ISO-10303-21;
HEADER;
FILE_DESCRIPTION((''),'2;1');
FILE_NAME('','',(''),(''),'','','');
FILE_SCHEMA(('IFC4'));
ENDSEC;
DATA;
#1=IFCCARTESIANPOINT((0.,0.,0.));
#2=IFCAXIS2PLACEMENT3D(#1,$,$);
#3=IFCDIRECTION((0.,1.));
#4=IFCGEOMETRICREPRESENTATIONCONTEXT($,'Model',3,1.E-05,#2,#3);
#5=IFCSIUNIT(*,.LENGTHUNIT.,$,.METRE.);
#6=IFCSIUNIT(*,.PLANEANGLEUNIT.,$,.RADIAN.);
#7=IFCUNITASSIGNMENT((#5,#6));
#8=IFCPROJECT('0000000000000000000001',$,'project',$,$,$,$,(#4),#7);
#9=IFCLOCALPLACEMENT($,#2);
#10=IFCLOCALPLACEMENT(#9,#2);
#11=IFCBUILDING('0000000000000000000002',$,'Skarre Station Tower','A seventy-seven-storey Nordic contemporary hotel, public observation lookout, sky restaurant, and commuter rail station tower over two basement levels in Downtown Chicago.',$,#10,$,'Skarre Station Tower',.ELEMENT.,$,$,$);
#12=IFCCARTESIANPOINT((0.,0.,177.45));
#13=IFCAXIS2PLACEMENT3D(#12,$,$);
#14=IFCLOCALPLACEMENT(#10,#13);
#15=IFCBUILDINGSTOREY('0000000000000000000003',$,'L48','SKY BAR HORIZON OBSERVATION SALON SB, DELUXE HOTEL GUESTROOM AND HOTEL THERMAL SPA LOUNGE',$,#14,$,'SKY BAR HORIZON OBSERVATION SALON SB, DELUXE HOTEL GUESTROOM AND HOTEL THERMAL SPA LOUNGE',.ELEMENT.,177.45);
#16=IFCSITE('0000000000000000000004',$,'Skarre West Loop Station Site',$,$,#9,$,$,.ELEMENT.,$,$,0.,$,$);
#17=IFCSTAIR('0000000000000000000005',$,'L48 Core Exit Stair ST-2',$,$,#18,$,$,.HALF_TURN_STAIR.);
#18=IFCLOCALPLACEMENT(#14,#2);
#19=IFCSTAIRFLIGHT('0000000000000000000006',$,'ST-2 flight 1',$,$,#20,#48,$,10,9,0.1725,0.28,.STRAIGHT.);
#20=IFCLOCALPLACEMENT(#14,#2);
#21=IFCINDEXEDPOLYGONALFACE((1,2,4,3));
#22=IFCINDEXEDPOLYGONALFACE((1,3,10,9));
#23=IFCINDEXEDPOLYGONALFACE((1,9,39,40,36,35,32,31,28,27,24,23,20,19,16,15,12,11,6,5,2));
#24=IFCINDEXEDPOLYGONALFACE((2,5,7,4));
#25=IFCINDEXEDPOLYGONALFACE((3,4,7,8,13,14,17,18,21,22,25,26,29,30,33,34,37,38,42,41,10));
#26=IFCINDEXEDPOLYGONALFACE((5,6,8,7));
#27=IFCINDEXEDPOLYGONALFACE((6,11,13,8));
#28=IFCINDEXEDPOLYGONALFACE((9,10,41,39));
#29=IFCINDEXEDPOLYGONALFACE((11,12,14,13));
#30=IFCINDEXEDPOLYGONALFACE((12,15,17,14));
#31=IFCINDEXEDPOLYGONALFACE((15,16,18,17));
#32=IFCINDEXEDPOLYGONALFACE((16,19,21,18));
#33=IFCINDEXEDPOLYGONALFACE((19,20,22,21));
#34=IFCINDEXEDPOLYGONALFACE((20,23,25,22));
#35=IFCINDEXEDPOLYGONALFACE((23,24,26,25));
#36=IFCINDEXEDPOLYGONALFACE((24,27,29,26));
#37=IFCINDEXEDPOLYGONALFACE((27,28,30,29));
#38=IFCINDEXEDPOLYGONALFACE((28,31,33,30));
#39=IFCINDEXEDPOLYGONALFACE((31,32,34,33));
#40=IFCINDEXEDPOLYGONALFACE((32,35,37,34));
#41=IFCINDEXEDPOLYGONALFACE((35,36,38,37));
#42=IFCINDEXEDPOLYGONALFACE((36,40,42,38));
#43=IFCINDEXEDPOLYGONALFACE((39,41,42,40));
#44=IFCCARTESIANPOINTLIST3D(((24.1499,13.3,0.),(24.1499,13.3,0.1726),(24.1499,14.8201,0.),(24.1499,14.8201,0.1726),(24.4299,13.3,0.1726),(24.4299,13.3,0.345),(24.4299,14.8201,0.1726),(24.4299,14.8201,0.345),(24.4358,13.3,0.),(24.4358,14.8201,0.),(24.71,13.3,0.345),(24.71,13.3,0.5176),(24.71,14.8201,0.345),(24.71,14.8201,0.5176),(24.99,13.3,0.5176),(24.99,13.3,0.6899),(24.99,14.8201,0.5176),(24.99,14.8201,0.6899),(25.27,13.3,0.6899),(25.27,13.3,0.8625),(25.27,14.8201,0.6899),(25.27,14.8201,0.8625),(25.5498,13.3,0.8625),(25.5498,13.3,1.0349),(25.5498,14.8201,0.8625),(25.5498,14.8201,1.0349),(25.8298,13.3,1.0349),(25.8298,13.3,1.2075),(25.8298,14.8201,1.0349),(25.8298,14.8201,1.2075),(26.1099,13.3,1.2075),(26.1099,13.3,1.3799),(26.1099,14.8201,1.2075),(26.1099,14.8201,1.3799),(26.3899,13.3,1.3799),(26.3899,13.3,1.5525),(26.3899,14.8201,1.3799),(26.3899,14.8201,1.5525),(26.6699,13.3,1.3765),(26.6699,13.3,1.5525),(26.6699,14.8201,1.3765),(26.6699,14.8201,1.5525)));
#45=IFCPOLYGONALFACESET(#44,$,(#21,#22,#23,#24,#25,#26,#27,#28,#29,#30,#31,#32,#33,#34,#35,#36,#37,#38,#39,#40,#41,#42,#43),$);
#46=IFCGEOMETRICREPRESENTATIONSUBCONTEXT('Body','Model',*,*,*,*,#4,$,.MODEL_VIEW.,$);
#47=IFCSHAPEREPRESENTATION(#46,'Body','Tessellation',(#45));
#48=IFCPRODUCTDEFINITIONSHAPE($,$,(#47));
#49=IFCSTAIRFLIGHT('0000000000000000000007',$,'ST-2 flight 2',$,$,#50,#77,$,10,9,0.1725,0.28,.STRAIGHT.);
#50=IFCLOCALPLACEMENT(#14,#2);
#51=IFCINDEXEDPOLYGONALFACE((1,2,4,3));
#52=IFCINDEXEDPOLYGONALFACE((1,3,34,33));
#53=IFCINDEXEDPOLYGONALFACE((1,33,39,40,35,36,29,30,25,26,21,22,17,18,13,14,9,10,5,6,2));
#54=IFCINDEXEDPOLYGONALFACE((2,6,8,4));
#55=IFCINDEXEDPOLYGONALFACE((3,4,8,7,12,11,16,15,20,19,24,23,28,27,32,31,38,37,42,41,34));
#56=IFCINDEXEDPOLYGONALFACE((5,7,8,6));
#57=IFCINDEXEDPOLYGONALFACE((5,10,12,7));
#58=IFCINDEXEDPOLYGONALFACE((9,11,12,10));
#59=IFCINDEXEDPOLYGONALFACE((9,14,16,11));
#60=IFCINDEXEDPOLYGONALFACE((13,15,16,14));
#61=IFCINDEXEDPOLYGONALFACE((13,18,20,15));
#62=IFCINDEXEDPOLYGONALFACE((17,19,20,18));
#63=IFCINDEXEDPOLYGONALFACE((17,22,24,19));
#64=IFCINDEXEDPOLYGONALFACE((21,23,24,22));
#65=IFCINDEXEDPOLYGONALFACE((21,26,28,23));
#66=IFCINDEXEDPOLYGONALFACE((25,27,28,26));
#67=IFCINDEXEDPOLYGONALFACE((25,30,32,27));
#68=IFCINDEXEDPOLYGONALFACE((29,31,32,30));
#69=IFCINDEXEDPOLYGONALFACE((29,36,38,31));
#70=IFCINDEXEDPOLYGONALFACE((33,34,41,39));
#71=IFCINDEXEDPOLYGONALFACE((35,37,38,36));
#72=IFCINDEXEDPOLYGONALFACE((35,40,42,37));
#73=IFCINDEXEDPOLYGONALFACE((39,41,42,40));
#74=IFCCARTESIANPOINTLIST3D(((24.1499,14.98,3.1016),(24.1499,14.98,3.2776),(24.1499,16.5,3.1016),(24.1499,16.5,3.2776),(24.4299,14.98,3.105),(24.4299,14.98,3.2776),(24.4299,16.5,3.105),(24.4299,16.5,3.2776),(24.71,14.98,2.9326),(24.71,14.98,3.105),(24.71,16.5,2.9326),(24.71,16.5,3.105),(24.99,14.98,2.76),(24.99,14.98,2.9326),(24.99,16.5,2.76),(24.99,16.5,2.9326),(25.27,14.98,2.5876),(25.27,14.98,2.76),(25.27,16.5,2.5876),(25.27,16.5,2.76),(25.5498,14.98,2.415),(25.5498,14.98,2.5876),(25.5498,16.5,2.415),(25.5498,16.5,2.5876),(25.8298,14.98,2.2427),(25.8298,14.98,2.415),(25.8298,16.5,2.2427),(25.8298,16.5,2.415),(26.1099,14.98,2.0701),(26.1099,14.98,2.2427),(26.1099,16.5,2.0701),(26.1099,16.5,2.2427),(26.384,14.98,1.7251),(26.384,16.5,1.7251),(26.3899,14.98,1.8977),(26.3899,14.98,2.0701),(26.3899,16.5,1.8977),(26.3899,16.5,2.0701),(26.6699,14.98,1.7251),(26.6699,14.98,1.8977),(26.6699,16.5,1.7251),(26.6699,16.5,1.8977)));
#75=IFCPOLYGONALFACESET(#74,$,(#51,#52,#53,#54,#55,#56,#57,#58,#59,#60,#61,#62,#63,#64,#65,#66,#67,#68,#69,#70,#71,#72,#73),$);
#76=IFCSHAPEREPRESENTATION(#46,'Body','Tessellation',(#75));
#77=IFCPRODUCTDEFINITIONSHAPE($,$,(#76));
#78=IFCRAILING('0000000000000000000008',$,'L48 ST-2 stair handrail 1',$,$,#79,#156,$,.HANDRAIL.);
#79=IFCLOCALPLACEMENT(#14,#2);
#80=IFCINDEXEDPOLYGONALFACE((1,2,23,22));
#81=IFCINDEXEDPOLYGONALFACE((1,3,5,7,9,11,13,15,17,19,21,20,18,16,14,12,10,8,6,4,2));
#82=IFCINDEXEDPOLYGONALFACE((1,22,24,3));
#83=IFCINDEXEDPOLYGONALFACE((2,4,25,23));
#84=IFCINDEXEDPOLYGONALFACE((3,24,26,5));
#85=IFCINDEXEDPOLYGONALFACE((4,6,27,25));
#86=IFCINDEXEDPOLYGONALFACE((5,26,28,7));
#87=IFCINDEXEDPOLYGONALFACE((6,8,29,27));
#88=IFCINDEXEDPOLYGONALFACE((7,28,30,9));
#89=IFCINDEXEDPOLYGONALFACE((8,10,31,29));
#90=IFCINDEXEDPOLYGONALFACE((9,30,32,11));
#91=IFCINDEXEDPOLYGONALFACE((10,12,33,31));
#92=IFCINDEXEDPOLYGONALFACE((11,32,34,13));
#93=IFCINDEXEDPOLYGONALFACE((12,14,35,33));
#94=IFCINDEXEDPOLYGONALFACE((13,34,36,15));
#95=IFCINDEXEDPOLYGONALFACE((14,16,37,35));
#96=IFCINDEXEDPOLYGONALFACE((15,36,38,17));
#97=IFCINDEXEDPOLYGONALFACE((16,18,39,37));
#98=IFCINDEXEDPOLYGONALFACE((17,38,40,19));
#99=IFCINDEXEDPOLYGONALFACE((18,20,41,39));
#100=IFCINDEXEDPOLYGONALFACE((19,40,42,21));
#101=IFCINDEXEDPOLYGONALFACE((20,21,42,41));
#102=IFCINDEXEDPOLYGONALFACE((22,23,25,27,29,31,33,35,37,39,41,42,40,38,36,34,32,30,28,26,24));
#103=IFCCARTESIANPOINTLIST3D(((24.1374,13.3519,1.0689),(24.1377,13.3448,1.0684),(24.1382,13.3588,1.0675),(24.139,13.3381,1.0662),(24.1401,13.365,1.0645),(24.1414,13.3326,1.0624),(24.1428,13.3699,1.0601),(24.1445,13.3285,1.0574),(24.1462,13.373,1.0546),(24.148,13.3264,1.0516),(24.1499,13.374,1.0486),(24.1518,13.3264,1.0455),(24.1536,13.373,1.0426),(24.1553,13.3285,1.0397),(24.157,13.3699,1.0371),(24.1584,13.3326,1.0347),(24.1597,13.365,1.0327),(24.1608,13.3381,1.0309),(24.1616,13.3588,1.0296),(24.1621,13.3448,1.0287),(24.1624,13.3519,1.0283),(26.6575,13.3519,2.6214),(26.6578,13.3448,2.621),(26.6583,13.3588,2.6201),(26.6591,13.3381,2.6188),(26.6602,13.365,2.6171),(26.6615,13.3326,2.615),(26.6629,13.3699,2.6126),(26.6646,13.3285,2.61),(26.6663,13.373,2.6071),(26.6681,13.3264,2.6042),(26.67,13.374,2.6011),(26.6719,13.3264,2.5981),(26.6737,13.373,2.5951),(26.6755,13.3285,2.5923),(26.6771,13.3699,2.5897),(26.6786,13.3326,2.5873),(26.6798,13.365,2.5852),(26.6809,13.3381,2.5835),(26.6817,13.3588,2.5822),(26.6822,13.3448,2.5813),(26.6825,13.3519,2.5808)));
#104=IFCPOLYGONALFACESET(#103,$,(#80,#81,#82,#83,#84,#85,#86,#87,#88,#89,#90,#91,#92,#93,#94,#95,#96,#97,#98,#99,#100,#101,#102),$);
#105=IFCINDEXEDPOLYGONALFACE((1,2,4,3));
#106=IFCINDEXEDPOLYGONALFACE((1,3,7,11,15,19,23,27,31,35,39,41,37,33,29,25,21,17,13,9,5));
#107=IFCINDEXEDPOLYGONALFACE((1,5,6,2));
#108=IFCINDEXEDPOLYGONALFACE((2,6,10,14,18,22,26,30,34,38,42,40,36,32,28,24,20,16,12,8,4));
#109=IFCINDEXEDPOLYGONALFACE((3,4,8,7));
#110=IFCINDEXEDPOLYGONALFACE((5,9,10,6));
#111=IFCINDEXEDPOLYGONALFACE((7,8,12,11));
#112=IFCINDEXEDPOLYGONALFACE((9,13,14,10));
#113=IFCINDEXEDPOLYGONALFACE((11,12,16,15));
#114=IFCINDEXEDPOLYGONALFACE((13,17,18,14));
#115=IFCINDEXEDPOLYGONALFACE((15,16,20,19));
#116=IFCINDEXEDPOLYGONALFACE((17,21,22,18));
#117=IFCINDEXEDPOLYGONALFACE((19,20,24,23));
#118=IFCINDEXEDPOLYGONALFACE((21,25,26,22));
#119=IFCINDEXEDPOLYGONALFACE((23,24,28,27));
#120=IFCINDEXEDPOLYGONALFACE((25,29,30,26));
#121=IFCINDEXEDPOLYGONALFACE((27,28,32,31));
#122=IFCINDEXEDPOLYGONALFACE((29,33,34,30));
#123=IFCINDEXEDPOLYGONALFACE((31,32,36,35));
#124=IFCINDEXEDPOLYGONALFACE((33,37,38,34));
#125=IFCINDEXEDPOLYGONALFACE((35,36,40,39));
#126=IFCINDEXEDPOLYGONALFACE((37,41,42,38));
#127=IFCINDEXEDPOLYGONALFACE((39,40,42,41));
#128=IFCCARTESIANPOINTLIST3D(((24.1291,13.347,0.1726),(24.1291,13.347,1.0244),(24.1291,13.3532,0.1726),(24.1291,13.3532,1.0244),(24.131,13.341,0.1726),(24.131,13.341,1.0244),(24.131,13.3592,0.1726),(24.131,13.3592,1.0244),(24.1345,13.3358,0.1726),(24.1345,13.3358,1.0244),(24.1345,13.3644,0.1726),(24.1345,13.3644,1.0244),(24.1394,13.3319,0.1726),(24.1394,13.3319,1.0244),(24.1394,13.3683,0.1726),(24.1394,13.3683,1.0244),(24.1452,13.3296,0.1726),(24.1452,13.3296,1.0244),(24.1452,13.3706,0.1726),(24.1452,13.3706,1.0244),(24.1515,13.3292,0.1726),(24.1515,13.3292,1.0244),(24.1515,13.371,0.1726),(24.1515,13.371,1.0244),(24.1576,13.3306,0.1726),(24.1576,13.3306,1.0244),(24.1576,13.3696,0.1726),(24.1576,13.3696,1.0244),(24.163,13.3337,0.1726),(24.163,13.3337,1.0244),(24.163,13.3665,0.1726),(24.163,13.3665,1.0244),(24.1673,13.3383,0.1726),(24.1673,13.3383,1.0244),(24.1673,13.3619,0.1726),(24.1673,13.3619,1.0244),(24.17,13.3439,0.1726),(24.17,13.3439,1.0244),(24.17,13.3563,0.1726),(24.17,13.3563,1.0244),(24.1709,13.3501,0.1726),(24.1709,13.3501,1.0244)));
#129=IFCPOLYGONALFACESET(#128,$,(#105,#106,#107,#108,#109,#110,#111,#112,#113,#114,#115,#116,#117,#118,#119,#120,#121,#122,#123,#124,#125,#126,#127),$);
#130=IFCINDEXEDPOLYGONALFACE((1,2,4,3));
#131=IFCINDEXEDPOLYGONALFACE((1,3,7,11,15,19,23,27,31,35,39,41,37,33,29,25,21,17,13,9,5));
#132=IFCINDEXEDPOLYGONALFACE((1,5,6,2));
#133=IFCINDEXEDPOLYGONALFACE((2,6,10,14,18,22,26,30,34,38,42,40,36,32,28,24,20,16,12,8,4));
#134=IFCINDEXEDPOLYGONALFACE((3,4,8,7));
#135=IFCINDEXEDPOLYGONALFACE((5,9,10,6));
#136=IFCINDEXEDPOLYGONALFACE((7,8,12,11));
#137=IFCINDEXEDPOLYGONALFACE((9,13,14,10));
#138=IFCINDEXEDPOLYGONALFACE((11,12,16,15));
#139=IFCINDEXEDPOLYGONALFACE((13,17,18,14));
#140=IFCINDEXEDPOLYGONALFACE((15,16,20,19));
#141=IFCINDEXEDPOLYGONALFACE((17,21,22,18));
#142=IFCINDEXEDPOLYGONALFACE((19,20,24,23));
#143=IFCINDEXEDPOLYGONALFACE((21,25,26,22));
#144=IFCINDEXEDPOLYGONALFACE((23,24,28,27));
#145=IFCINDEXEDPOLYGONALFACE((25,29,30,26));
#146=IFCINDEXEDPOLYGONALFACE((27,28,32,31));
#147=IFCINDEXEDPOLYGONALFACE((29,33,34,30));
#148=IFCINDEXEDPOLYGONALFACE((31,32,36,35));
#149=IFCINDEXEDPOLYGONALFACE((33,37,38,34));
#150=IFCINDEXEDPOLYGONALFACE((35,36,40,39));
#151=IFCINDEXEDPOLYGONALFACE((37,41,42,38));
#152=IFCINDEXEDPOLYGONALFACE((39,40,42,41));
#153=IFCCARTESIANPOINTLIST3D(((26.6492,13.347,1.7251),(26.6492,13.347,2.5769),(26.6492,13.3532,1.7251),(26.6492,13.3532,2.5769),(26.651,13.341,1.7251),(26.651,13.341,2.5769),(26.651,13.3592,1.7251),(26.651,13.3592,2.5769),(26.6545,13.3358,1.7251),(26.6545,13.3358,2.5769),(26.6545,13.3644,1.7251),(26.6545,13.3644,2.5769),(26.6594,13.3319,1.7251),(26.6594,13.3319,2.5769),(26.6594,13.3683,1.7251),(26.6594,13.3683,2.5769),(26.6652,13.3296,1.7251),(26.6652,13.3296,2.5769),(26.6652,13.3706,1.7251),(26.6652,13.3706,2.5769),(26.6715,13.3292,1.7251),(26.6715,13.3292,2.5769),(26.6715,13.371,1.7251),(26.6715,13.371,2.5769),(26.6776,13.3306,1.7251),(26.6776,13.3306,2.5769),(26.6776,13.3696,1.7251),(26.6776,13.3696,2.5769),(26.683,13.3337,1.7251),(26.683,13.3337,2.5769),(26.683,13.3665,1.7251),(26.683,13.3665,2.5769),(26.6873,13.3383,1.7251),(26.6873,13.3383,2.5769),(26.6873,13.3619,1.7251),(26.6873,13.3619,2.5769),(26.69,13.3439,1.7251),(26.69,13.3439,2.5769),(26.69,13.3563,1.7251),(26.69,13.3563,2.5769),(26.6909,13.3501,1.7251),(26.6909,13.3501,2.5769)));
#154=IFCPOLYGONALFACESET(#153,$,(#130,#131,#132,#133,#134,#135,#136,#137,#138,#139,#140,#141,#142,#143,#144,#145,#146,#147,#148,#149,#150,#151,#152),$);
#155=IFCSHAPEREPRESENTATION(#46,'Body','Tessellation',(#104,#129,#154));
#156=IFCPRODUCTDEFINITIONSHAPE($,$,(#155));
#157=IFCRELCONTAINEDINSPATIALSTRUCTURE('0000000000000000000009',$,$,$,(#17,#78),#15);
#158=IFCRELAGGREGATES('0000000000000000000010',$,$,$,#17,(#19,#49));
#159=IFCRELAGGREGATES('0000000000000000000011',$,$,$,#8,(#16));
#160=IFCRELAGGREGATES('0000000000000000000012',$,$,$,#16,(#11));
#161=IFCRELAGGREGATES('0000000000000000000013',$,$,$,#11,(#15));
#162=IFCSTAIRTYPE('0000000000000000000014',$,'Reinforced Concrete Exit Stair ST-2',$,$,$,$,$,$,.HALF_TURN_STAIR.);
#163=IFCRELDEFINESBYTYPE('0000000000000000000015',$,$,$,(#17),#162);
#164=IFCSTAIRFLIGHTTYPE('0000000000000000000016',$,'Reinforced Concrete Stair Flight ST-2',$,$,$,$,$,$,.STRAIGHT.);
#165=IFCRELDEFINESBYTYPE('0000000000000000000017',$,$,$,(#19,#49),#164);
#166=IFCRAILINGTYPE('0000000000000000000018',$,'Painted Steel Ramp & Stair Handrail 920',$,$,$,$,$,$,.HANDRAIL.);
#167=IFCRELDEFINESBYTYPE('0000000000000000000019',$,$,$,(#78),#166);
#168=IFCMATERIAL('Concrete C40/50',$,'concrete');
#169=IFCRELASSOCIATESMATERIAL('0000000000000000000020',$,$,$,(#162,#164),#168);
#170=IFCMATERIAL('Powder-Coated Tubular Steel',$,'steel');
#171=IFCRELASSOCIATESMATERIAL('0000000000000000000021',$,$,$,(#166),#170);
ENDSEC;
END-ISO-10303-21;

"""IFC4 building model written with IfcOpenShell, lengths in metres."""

from ifc_helpers import new_model, si_unit, direction, frame, origin, origin_2d, place, context, subcontext, project, spatial, polyline, circle, outline, extrude, material, type_object, element, aggregate, save


model = new_model("IFC4")

# Units and contexts
model_context = context("Model", 3, precision=1e-05, world=origin(), true_north=direction((0.0, 1.0)))
body_context = subcontext(model_context, "Body", "Model", "MODEL_VIEW")
ifc_project = project(units=[si_unit("LENGTHUNIT", "METRE"), si_unit("PLANEANGLEUNIT", "RADIAN")], contexts=[model_context])

# Site, building, storey
site_placement = place(None, origin())
site = spatial("IfcSite", under=ifc_project, at=site_placement, Name="Skarre West Loop Station Site", CompositionType="ELEMENT", RefElevation=0.0)
building_placement = place(site_placement, origin())
building = spatial("IfcBuilding", under=site, at=building_placement, Name="Skarre Station Tower", Description="A seventy-seven-storey Nordic contemporary hotel, public observation lookout, sky restaurant, and commuter rail station tower over two basement levels in Downtown Chicago.", LongName="Skarre Station Tower", CompositionType="ELEMENT")
storey_placement = place(building_placement, frame((0.0, 0.0, 177.45)))
storey = spatial("IfcBuildingStorey", under=building, at=storey_placement, Name="L48", Description="SKY BAR HORIZON OBSERVATION SALON SB, DELUXE HOTEL GUESTROOM AND HOTEL THERMAL SPA LOUNGE", LongName="SKY BAR HORIZON OBSERVATION SALON SB, DELUXE HOTEL GUESTROOM AND HOTEL THERMAL SPA LOUNGE", CompositionType="ELEMENT", Elevation=177.45)

# Stair, stair flights
ifc_material_1 = material(Name="Concrete C40/50", Category="concrete")
stair_type = type_object("IfcStairType", Name="Reinforced Concrete Exit Stair ST-2", PredefinedType="HALF_TURN_STAIR", material=ifc_material_1)
stair_placement = place(storey_placement, origin())
stair = element("IfcStair", 1, at=stair_placement, inside=storey, type_object=stair_type, Name="L48 Core Exit Stair ST-2", PredefinedType="HALF_TURN_STAIR")
stair_flight_type = type_object("IfcStairFlightType", Name="Reinforced Concrete Stair Flight ST-2", PredefinedType="STRAIGHT", material=ifc_material_1)
stair_flight_1_placement = place(storey_placement, frame((24.1499, 14.0601, 0.0), z_axis=(0.0, 0.0, 1.0), x_axis=(1.0, 0.0, 0.0)))
stair_flight_1 = element("IfcStairFlight", 2, at=stair_flight_1_placement, type_object=stair_flight_type, Name="ST-2 flight 1", NumberOfRisers=10, NumberOfTreads=9, PredefinedType="STRAIGHT", RiserHeight=0.1725, TreadLength=0.28, context=body_context, shape_type="SweptSolid", body=[
    extrude(outline(polyline([(0.0, 0.0), (0.0, 0.1726), (0.28, 0.1726), (0.28, 0.345), (0.5601, 0.345), (0.5601, 0.5176), (0.8401, 0.5176), (0.8401, 0.6899), (1.1201, 0.6899), (1.1201, 0.8625), (1.3999, 0.8625), (1.3999, 1.0349), (1.6799, 1.0349), (1.6799, 1.2075), (1.96, 1.2075), (1.96, 1.3799), (2.24, 1.3799), (2.24, 1.5525), (2.52, 1.5525), (2.52, 1.7251), (2.52, 1.3765), (0.2859, 0.0), (0.0, 0.0)])), frame((0.0, 0.76, 0.0), z_axis=(0.0, -1.0, 0.0), x_axis=(1.0, 0.0, 0.0)), (0.0, 0.0, 1.0), 1.52),
])
stair_flight_2_placement = place(storey_placement, frame((26.6699, 15.74, 1.7251), z_axis=(0.0, 0.0, 1.0), x_axis=(-1.0, 0.0, 0.0)))
stair_flight_2 = element("IfcStairFlight", 3, at=stair_flight_2_placement, type_object=stair_flight_type, Name="ST-2 flight 2", NumberOfRisers=10, NumberOfTreads=9, PredefinedType="STRAIGHT", RiserHeight=0.1725, TreadLength=0.28, context=body_context, shape_type="SweptSolid", body=[
    extrude(outline(polyline([(0.0, 0.0), (0.0, 0.1726), (0.28, 0.1726), (0.28, 0.345), (0.5601, 0.345), (0.5601, 0.5176), (0.8401, 0.5176), (0.8401, 0.6899), (1.1201, 0.6899), (1.1201, 0.8625), (1.3999, 0.8625), (1.3999, 1.0349), (1.6799, 1.0349), (1.6799, 1.2075), (1.96, 1.2075), (1.96, 1.3799), (2.24, 1.3799), (2.24, 1.5525), (2.52, 1.5525), (2.52, 1.7251), (2.52, 1.3765), (0.2859, 0.0), (0.0, 0.0)])), frame((0.0, 0.76, 0.0), z_axis=(0.0, -1.0, 0.0), x_axis=(1.0, 0.0, 0.0)), (0.0, 0.0, 1.0), 1.52),
])
aggregate(stair, [stair_flight_1, stair_flight_2])

# Railing
ifc_material_2 = material(Name="Powder-Coated Tubular Steel", Category="steel")
railing_type_1 = type_object("IfcRailingType", Name="Painted Steel Ramp & Stair Handrail 920", PredefinedType="HANDRAIL", material=ifc_material_2)
railing_1_placement = place(storey_placement, frame((24.1499, 13.3501, 0.1726)))
element("IfcRailing", 4, at=railing_1_placement, inside=storey, type_object=railing_type_1, Name="L48 ST-2 stair handrail 1", PredefinedType="HANDRAIL", context=body_context, shape_type="SweptSolid", body=[
    extrude(circle(Radius=0.0239, at=origin_2d()), frame((0.0, 0.0, 0.876), z_axis=(0.8514, 0.0, 0.524516), x_axis=(0.0, 1.0, 0.0)), (0.0, 0.0, 1.0), 2.96),
    extrude(circle(Radius=0.021, at=origin_2d()), origin(), (0.0, 0.0, 1.0), 0.8518),
    extrude(circle(Radius=0.021, at=origin_2d()), frame((2.52, 0.0, 1.5525)), (0.0, 0.0, 1.0), 0.8518),
])

save(model, "model.ifc")
